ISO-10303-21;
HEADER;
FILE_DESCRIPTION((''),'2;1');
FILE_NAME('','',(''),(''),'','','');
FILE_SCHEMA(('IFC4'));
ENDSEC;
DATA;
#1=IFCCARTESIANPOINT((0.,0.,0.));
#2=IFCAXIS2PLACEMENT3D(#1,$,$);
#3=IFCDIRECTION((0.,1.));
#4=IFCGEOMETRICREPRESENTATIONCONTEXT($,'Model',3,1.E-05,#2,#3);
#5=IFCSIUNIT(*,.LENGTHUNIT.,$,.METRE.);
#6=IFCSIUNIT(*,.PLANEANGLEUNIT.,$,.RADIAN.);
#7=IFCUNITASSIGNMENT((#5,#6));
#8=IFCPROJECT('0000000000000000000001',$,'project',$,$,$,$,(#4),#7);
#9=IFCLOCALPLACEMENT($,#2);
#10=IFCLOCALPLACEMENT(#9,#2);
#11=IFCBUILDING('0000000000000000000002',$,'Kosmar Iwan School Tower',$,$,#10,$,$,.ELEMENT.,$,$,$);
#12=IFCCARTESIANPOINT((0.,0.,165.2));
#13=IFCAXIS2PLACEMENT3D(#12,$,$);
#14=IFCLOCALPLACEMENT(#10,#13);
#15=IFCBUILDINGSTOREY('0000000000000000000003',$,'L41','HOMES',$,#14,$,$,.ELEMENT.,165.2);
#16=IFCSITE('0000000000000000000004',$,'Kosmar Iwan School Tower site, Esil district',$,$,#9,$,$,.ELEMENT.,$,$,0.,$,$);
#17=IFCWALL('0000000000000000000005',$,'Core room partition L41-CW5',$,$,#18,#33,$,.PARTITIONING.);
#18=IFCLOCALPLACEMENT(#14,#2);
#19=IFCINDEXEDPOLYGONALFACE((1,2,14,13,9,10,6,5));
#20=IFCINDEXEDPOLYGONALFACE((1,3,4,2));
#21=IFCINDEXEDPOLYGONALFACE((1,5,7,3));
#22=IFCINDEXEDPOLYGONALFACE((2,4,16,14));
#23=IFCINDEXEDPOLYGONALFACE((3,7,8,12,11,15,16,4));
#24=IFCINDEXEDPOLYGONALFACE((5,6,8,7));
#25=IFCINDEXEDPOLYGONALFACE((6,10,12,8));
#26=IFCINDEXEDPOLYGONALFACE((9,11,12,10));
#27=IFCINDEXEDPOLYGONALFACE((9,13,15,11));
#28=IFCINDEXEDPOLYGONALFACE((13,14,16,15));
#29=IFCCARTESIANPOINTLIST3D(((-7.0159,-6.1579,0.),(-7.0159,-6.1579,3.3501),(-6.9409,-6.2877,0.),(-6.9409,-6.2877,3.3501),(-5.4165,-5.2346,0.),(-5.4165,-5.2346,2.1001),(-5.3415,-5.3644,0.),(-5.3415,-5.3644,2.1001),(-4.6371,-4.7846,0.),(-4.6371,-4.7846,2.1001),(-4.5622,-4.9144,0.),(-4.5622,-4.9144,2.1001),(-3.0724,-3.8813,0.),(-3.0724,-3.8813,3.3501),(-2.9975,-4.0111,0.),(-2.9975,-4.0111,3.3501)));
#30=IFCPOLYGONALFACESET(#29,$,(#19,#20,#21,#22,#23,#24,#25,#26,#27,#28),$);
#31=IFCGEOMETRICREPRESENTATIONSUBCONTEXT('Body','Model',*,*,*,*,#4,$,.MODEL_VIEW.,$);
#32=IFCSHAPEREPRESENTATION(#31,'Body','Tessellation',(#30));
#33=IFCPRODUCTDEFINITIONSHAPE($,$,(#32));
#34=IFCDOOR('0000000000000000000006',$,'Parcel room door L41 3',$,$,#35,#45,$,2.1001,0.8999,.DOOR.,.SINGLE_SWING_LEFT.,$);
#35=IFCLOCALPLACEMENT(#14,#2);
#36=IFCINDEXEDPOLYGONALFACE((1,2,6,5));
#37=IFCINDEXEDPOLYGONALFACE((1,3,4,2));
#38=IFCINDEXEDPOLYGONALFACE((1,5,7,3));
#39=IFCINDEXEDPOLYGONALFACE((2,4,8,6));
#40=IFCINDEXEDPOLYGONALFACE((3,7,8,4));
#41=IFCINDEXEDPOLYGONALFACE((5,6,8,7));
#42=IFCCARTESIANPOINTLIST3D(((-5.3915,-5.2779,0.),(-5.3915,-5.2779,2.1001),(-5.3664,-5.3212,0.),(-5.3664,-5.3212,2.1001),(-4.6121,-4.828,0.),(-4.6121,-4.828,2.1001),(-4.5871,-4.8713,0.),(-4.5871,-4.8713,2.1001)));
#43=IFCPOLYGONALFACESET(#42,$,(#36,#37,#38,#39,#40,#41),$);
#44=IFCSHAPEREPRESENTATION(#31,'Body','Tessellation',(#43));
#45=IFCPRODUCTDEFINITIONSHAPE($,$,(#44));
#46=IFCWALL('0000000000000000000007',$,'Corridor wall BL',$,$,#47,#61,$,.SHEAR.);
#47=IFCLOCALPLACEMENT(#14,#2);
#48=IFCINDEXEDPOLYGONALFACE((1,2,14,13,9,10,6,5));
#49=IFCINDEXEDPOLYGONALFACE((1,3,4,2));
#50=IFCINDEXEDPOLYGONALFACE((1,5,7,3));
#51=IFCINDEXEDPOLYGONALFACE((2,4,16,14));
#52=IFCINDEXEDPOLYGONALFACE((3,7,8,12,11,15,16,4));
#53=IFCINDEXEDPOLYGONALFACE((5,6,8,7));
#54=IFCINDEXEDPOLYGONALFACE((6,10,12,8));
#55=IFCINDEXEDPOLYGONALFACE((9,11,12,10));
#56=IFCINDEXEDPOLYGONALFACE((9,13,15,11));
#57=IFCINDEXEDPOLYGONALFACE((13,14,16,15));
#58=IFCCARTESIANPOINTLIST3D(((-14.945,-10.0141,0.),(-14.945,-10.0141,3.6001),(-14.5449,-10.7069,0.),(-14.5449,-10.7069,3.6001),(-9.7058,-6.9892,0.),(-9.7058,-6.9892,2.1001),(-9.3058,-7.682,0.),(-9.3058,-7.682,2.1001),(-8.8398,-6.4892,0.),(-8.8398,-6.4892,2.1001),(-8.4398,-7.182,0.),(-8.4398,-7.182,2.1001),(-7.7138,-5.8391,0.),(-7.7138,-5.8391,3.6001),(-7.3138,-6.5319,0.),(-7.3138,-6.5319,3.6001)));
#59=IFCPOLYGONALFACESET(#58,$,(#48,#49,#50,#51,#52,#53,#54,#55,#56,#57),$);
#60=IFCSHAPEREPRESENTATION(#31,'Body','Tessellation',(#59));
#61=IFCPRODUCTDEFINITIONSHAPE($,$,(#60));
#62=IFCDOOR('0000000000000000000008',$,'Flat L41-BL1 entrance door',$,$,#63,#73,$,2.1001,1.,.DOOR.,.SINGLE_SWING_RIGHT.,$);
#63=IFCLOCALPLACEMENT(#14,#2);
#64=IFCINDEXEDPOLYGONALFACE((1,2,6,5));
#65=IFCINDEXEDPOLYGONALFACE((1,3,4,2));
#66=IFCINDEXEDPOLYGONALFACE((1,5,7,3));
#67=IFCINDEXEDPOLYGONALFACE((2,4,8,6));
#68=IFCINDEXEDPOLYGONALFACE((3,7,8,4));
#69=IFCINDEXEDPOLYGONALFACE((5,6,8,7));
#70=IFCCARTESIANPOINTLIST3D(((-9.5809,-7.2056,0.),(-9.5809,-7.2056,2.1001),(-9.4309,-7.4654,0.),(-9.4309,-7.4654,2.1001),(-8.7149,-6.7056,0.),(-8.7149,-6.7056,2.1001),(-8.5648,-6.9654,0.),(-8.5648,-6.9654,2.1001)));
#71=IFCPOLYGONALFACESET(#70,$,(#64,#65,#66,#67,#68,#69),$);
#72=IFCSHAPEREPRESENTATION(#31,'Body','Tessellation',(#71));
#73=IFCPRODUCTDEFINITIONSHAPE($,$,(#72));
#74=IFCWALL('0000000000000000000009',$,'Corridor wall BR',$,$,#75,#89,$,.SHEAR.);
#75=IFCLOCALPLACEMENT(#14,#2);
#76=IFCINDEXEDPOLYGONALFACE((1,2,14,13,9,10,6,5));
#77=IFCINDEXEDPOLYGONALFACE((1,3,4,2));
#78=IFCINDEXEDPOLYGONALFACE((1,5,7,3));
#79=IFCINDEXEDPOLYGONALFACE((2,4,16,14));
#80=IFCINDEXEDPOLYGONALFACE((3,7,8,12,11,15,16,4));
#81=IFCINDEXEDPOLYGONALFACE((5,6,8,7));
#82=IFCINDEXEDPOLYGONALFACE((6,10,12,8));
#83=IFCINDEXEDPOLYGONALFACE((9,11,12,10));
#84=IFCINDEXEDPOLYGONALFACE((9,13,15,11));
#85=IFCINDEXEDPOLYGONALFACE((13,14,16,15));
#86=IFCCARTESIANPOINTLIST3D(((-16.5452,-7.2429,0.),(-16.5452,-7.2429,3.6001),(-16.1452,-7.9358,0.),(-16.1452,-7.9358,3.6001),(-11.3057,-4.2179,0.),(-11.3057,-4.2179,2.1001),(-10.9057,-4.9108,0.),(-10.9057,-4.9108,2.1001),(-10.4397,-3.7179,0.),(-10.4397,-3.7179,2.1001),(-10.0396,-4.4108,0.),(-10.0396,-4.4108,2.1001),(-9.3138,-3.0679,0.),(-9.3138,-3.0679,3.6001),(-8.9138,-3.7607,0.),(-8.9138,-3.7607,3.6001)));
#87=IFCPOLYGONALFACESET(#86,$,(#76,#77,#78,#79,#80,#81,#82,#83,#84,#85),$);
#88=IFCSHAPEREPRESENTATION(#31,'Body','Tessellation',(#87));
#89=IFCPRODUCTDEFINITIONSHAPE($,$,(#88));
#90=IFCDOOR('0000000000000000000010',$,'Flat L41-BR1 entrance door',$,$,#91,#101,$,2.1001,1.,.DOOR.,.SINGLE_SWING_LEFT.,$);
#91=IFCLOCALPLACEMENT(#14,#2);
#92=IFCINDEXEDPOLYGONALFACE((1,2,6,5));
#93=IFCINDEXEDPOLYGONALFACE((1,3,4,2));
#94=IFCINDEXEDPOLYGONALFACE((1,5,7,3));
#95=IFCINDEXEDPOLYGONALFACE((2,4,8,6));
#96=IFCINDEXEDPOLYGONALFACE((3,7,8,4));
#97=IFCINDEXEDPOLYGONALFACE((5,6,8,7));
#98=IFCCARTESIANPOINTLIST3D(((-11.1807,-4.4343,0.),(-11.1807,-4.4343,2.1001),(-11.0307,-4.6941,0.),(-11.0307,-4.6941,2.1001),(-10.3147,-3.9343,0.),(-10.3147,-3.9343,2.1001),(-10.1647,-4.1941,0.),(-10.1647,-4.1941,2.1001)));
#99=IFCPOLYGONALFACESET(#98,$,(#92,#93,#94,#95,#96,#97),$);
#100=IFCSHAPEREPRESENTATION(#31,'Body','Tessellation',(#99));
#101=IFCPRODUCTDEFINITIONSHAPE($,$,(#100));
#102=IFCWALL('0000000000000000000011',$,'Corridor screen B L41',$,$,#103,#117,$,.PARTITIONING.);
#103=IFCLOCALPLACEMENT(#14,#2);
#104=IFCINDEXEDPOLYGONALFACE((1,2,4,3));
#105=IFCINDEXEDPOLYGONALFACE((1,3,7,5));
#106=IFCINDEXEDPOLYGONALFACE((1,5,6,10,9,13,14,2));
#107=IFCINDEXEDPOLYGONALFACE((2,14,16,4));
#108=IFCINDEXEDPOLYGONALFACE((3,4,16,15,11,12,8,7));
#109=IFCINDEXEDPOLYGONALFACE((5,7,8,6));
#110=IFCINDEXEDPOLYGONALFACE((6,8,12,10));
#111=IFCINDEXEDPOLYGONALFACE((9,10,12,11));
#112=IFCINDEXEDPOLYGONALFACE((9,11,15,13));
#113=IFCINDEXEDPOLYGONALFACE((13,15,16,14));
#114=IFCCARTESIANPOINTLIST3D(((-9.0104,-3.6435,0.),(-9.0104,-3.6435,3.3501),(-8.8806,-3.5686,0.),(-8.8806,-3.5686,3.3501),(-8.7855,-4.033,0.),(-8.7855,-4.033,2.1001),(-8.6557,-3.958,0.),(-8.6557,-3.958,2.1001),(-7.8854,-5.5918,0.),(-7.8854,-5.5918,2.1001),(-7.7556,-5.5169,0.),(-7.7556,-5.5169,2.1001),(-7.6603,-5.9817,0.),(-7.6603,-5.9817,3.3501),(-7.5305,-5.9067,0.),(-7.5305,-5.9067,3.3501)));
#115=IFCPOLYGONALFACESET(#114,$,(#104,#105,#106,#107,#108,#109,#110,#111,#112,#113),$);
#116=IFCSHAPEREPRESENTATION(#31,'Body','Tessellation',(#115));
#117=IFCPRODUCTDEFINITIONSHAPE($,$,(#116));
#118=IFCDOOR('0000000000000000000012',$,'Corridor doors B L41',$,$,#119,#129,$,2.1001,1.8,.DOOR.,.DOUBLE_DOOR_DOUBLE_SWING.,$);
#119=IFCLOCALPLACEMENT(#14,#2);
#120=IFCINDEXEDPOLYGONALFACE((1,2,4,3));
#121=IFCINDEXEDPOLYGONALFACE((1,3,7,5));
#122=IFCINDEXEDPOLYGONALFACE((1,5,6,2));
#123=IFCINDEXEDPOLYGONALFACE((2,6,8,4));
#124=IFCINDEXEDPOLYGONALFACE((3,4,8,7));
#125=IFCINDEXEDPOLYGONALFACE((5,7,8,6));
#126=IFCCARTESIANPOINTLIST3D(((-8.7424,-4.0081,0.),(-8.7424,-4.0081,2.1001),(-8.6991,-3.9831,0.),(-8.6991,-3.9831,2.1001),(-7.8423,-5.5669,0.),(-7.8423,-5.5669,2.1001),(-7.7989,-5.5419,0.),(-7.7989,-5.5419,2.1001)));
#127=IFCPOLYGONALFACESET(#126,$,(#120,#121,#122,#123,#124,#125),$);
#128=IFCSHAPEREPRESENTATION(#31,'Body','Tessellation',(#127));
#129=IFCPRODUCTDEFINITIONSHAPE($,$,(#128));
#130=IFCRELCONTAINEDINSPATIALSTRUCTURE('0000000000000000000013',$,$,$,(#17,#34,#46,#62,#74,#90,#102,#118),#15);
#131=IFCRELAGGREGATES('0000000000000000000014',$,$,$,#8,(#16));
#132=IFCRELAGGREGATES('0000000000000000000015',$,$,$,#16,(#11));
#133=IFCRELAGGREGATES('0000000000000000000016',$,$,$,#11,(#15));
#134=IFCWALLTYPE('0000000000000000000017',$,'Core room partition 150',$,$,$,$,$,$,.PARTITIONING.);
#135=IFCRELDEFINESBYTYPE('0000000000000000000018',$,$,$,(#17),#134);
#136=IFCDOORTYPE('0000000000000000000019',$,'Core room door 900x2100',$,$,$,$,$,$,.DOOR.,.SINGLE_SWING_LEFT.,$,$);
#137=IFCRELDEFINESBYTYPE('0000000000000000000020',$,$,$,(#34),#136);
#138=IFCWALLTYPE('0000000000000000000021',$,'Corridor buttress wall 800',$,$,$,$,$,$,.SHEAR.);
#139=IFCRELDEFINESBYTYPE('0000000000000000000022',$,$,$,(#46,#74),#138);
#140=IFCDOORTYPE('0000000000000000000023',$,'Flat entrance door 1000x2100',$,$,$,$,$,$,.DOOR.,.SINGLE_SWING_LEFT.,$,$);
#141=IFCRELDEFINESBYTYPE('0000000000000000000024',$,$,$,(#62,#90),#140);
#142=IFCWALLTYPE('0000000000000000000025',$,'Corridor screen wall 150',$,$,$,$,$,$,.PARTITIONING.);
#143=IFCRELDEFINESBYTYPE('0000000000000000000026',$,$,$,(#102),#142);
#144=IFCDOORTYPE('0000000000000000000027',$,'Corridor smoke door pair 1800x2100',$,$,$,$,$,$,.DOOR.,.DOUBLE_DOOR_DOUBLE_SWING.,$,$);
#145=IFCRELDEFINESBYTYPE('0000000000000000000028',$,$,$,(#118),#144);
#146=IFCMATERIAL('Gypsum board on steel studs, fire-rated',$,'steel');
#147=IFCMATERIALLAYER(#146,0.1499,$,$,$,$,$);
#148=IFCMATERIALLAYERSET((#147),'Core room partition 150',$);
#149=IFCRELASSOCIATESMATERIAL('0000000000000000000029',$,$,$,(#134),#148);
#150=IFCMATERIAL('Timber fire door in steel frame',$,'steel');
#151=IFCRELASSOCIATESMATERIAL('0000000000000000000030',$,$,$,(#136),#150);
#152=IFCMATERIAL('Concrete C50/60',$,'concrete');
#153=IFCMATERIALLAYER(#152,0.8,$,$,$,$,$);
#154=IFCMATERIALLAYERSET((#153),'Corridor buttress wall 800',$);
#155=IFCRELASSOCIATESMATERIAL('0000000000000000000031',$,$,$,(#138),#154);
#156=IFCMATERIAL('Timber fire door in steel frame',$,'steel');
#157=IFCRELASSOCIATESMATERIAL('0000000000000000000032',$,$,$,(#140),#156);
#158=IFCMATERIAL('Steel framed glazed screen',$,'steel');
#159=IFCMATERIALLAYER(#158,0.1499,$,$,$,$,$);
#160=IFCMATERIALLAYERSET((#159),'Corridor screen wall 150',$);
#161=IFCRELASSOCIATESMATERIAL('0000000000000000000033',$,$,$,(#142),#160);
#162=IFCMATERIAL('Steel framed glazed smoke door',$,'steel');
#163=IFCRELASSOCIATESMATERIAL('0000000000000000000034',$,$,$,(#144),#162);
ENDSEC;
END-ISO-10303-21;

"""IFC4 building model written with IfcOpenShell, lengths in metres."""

from ifc_helpers import new_model, si_unit, direction, frame, frame_2d, origin, place, context, subcontext, project, spatial, rectangle, extrude, material, layer, layer_set, type_object, element, fill, save


model = new_model("IFC4")

# Units and contexts
model_context = context("Model", 3, precision=1e-05, world=origin(), true_north=direction((0.0, 1.0)))
body_context = subcontext(model_context, "Body", "Model", "MODEL_VIEW")
ifc_project = project(units=[si_unit("LENGTHUNIT", "METRE"), si_unit("PLANEANGLEUNIT", "RADIAN")], contexts=[model_context])

# Site, building, storey
site_placement = place(None, origin())
site = spatial("IfcSite", under=ifc_project, at=site_placement, Name="Kosmar Iwan School Tower site, Esil district", CompositionType="ELEMENT", RefElevation=0.0)
building_placement = place(site_placement, origin())
building = spatial("IfcBuilding", under=site, at=building_placement, Name="Kosmar Iwan School Tower", CompositionType="ELEMENT")
storey_placement = place(building_placement, frame((0.0, 0.0, 165.2)))
storey = spatial("IfcBuildingStorey", under=building, at=storey_placement, Name="L41", Description="HOMES", CompositionType="ELEMENT", Elevation=165.2)

# Walls, openings, doors
ifc_material_1 = material(Name="Gypsum board on steel studs, fire-rated", Category="steel")
ifc_layer_1 = layer(ifc_material_1, 0.1499)
ifc_layer_set_1 = layer_set([ifc_layer_1], Name="Core room partition 150")
wall_type_1 = type_object("IfcWallType", Name="Core room partition 150", PredefinedType="PARTITIONING", material=ifc_layer_set_1)
wall_1_placement = place(storey_placement, frame((-6.9785, -6.2229, 0.0), z_axis=(0.0, 0.0, 1.0), x_axis=(0.866034, 0.499985, 0.0)))
wall_1 = element("IfcWall", 1, at=wall_1_placement, inside=storey, type_object=wall_type_1, Name="Core room partition L41-CW5", PredefinedType="PARTITIONING", context=body_context, shape_type="SweptSolid", body=[
    extrude(rectangle(XDim=4.5535, YDim=0.1499, at=frame_2d((2.2769, 0.0))), origin(), (0.0, 0.0, 1.0), 3.3501),
])
opening_1_placement = place(wall_1_placement, frame((1.8469, 0.0, 0.0)))
opening_1 = element("IfcOpeningElement", 2, at=opening_1_placement, cuts=wall_1, PredefinedType="OPENING", context=body_context, shape_type="SweptSolid", body=[
    extrude(rectangle(XDim=0.8999, YDim=2.1001, at=frame_2d((0.45, 1.05))), frame((0.0, 0.0869, 0.0), z_axis=(0.0, -1.0, 0.0), x_axis=(1.0, 0.0, 0.0)), (0.0, 0.0, 1.0), 0.1738),
])
ifc_material_2 = material(Name="Timber fire door in steel frame", Category="steel")
door_type_1 = type_object("IfcDoorType", Name="Core room door 900x2100", OperationType="SINGLE_SWING_LEFT", PredefinedType="DOOR", material=ifc_material_2)
door_1_placement = place(opening_1_placement, origin())
door_1 = element("IfcDoor", 3, at=door_1_placement, inside=storey, type_object=door_type_1, Name="Parcel room door L41 3", OperationType="SINGLE_SWING_LEFT", OverallHeight=2.1001, OverallWidth=0.8999, PredefinedType="DOOR", context=body_context, shape_type="SweptSolid", body=[
    extrude(rectangle(XDim=0.8999, YDim=2.1001, at=frame_2d((0.45, 1.05))), frame((0.0, 0.0249, 0.0), z_axis=(0.0, -1.0, 0.0), x_axis=(1.0, 0.0, 0.0)), (0.0, 0.0, 1.0), 0.05),
])
fill(opening_1, door_1)
ifc_material_3 = material(Name="Concrete C50/60", Category="concrete")
ifc_layer_2 = layer(ifc_material_3, 0.8)
ifc_layer_set_2 = layer_set([ifc_layer_2], Name="Corridor buttress wall 800")
wall_type_2 = type_object("IfcWallType", Name="Corridor buttress wall 800", PredefinedType="SHEAR", material=ifc_layer_set_2)
wall_2_placement = place(storey_placement, frame((-7.5139, -6.1855, 0.0), z_axis=(0.0, 0.0, 1.0), x_axis=(-0.86602, -0.50001, 0.0)))
wall_2 = element("IfcWall", 4, at=wall_2_placement, inside=storey, type_object=wall_type_2, Name="Corridor wall BL", PredefinedType="SHEAR", context=body_context, shape_type="SweptSolid", body=[
    extrude(rectangle(XDim=8.3499, YDim=0.8, at=frame_2d((4.1748, 0.0))), origin(), (0.0, 0.0, 1.0), 3.6001),
])
opening_2_placement = place(wall_2_placement, frame((1.3, 0.0, 0.0)))
opening_2 = element("IfcOpeningElement", 5, at=opening_2_placement, cuts=wall_2, PredefinedType="OPENING", context=body_context, shape_type="SweptSolid", body=[
    extrude(rectangle(XDim=1.0, YDim=2.1001, at=frame_2d((0.5, 1.05))), frame((0.0, 0.4121, 0.0), z_axis=(0.0, -1.0, 0.0), x_axis=(1.0, 0.0, 0.0)), (0.0, 0.0, 1.0), 0.824),
])
ifc_material_4 = material(Name="Timber fire door in steel frame", Category="steel")
door_type_2 = type_object("IfcDoorType", Name="Flat entrance door 1000x2100", OperationType="SINGLE_SWING_LEFT", PredefinedType="DOOR", material=ifc_material_4)
door_2_placement = place(opening_2_placement, origin())
door_2 = element("IfcDoor", 6, at=door_2_placement, inside=storey, type_object=door_type_2, Name="Flat L41-BL1 entrance door", OperationType="SINGLE_SWING_RIGHT", OverallHeight=2.1001, OverallWidth=1.0, PredefinedType="DOOR", context=body_context, shape_type="SweptSolid", body=[
    extrude(rectangle(XDim=1.0, YDim=2.1001, at=frame_2d((0.5, 1.05))), frame((0.0, 0.1499, 0.0), z_axis=(0.0, -1.0, 0.0), x_axis=(1.0, 0.0, 0.0)), (0.0, 0.0, 1.0), 0.3),
])
fill(opening_2, door_2)
wall_3_placement = place(storey_placement, frame((-9.1138, -3.4143, 0.0), z_axis=(0.0, 0.0, 1.0), x_axis=(-0.866027, -0.499997, 0.0)))
wall_3 = element("IfcWall", 7, at=wall_3_placement, inside=storey, type_object=wall_type_2, Name="Corridor wall BR", PredefinedType="SHEAR", context=body_context, shape_type="SweptSolid", body=[
    extrude(rectangle(XDim=8.3501, YDim=0.8, at=frame_2d((4.175, 0.0))), origin(), (0.0, 0.0, 1.0), 3.6001),
])
opening_3_placement = place(wall_3_placement, frame((1.3, 0.0, 0.0)))
opening_3 = element("IfcOpeningElement", 8, at=opening_3_placement, cuts=wall_3, PredefinedType="OPENING", context=body_context, shape_type="SweptSolid", body=[
    extrude(rectangle(XDim=1.0, YDim=2.1001, at=frame_2d((0.5, 1.05))), frame((0.0, 0.4121, 0.0), z_axis=(0.0, -1.0, 0.0), x_axis=(1.0, 0.0, 0.0)), (0.0, 0.0, 1.0), 0.824),
])
door_3_placement = place(opening_3_placement, origin())
door_3 = element("IfcDoor", 9, at=door_3_placement, inside=storey, type_object=door_type_2, Name="Flat L41-BR1 entrance door", OperationType="SINGLE_SWING_LEFT", OverallHeight=2.1001, OverallWidth=1.0, PredefinedType="DOOR", context=body_context, shape_type="SweptSolid", body=[
    extrude(rectangle(XDim=1.0, YDim=2.1001, at=frame_2d((0.5, 1.05))), frame((0.0, 0.1499, 0.0), z_axis=(0.0, -1.0, 0.0), x_axis=(1.0, 0.0, 0.0)), (0.0, 0.0, 1.0), 0.3),
])
fill(opening_3, door_3)
ifc_material_5 = material(Name="Steel framed glazed screen", Category="steel")
ifc_layer_3 = layer(ifc_material_5, 0.1499)
ifc_layer_set_3 = layer_set([ifc_layer_3], Name="Corridor screen wall 150")
wall_type_3 = type_object("IfcWallType", Name="Corridor screen wall 150", PredefinedType="PARTITIONING", material=ifc_layer_set_3)
wall_4_placement = place(storey_placement, frame((-8.9456, -3.606, 0.0), z_axis=(0.0, 0.0, 1.0), x_axis=(0.500049, -0.865997, 0.0)))
wall_4 = element("IfcWall", 10, at=wall_4_placement, inside=storey, type_object=wall_type_3, Name="Corridor screen B L41", PredefinedType="PARTITIONING", context=body_context, shape_type="SweptSolid", body=[
    extrude(rectangle(XDim=2.7, YDim=0.1499, at=frame_2d((1.3501, 0.0))), origin(), (0.0, 0.0, 1.0), 3.3501),
])
opening_4_placement = place(wall_4_placement, frame((0.45, 0.0, 0.0)))
opening_4 = element("IfcOpeningElement", 11, at=opening_4_placement, cuts=wall_4, PredefinedType="OPENING", context=body_context, shape_type="SweptSolid", body=[
    extrude(rectangle(XDim=1.8, YDim=2.1001, at=frame_2d((0.8999, 1.05))), frame((0.0, 0.0869, 0.0), z_axis=(0.0, -1.0, 0.0), x_axis=(1.0, 0.0, 0.0)), (0.0, 0.0, 1.0), 0.1738),
])
ifc_material_6 = material(Name="Steel framed glazed smoke door", Category="steel")
door_type_3 = type_object("IfcDoorType", Name="Corridor smoke door pair 1800x2100", OperationType="DOUBLE_DOOR_DOUBLE_SWING", PredefinedType="DOOR", material=ifc_material_6)
door_4_placement = place(opening_4_placement, origin())
door_4 = element("IfcDoor", 12, at=door_4_placement, inside=storey, type_object=door_type_3, Name="Corridor doors B L41", OperationType="DOUBLE_DOOR_DOUBLE_SWING", OverallHeight=2.1001, OverallWidth=1.8, PredefinedType="DOOR", context=body_context, shape_type="SweptSolid", body=[
    extrude(rectangle(XDim=1.8, YDim=2.1001, at=frame_2d((0.8999, 1.05))), frame((0.0, 0.0249, 0.0), z_axis=(0.0, -1.0, 0.0), x_axis=(1.0, 0.0, 0.0)), (0.0, 0.0, 1.0), 0.05),
])
fill(opening_4, door_4)

save(model, "model.ifc")
